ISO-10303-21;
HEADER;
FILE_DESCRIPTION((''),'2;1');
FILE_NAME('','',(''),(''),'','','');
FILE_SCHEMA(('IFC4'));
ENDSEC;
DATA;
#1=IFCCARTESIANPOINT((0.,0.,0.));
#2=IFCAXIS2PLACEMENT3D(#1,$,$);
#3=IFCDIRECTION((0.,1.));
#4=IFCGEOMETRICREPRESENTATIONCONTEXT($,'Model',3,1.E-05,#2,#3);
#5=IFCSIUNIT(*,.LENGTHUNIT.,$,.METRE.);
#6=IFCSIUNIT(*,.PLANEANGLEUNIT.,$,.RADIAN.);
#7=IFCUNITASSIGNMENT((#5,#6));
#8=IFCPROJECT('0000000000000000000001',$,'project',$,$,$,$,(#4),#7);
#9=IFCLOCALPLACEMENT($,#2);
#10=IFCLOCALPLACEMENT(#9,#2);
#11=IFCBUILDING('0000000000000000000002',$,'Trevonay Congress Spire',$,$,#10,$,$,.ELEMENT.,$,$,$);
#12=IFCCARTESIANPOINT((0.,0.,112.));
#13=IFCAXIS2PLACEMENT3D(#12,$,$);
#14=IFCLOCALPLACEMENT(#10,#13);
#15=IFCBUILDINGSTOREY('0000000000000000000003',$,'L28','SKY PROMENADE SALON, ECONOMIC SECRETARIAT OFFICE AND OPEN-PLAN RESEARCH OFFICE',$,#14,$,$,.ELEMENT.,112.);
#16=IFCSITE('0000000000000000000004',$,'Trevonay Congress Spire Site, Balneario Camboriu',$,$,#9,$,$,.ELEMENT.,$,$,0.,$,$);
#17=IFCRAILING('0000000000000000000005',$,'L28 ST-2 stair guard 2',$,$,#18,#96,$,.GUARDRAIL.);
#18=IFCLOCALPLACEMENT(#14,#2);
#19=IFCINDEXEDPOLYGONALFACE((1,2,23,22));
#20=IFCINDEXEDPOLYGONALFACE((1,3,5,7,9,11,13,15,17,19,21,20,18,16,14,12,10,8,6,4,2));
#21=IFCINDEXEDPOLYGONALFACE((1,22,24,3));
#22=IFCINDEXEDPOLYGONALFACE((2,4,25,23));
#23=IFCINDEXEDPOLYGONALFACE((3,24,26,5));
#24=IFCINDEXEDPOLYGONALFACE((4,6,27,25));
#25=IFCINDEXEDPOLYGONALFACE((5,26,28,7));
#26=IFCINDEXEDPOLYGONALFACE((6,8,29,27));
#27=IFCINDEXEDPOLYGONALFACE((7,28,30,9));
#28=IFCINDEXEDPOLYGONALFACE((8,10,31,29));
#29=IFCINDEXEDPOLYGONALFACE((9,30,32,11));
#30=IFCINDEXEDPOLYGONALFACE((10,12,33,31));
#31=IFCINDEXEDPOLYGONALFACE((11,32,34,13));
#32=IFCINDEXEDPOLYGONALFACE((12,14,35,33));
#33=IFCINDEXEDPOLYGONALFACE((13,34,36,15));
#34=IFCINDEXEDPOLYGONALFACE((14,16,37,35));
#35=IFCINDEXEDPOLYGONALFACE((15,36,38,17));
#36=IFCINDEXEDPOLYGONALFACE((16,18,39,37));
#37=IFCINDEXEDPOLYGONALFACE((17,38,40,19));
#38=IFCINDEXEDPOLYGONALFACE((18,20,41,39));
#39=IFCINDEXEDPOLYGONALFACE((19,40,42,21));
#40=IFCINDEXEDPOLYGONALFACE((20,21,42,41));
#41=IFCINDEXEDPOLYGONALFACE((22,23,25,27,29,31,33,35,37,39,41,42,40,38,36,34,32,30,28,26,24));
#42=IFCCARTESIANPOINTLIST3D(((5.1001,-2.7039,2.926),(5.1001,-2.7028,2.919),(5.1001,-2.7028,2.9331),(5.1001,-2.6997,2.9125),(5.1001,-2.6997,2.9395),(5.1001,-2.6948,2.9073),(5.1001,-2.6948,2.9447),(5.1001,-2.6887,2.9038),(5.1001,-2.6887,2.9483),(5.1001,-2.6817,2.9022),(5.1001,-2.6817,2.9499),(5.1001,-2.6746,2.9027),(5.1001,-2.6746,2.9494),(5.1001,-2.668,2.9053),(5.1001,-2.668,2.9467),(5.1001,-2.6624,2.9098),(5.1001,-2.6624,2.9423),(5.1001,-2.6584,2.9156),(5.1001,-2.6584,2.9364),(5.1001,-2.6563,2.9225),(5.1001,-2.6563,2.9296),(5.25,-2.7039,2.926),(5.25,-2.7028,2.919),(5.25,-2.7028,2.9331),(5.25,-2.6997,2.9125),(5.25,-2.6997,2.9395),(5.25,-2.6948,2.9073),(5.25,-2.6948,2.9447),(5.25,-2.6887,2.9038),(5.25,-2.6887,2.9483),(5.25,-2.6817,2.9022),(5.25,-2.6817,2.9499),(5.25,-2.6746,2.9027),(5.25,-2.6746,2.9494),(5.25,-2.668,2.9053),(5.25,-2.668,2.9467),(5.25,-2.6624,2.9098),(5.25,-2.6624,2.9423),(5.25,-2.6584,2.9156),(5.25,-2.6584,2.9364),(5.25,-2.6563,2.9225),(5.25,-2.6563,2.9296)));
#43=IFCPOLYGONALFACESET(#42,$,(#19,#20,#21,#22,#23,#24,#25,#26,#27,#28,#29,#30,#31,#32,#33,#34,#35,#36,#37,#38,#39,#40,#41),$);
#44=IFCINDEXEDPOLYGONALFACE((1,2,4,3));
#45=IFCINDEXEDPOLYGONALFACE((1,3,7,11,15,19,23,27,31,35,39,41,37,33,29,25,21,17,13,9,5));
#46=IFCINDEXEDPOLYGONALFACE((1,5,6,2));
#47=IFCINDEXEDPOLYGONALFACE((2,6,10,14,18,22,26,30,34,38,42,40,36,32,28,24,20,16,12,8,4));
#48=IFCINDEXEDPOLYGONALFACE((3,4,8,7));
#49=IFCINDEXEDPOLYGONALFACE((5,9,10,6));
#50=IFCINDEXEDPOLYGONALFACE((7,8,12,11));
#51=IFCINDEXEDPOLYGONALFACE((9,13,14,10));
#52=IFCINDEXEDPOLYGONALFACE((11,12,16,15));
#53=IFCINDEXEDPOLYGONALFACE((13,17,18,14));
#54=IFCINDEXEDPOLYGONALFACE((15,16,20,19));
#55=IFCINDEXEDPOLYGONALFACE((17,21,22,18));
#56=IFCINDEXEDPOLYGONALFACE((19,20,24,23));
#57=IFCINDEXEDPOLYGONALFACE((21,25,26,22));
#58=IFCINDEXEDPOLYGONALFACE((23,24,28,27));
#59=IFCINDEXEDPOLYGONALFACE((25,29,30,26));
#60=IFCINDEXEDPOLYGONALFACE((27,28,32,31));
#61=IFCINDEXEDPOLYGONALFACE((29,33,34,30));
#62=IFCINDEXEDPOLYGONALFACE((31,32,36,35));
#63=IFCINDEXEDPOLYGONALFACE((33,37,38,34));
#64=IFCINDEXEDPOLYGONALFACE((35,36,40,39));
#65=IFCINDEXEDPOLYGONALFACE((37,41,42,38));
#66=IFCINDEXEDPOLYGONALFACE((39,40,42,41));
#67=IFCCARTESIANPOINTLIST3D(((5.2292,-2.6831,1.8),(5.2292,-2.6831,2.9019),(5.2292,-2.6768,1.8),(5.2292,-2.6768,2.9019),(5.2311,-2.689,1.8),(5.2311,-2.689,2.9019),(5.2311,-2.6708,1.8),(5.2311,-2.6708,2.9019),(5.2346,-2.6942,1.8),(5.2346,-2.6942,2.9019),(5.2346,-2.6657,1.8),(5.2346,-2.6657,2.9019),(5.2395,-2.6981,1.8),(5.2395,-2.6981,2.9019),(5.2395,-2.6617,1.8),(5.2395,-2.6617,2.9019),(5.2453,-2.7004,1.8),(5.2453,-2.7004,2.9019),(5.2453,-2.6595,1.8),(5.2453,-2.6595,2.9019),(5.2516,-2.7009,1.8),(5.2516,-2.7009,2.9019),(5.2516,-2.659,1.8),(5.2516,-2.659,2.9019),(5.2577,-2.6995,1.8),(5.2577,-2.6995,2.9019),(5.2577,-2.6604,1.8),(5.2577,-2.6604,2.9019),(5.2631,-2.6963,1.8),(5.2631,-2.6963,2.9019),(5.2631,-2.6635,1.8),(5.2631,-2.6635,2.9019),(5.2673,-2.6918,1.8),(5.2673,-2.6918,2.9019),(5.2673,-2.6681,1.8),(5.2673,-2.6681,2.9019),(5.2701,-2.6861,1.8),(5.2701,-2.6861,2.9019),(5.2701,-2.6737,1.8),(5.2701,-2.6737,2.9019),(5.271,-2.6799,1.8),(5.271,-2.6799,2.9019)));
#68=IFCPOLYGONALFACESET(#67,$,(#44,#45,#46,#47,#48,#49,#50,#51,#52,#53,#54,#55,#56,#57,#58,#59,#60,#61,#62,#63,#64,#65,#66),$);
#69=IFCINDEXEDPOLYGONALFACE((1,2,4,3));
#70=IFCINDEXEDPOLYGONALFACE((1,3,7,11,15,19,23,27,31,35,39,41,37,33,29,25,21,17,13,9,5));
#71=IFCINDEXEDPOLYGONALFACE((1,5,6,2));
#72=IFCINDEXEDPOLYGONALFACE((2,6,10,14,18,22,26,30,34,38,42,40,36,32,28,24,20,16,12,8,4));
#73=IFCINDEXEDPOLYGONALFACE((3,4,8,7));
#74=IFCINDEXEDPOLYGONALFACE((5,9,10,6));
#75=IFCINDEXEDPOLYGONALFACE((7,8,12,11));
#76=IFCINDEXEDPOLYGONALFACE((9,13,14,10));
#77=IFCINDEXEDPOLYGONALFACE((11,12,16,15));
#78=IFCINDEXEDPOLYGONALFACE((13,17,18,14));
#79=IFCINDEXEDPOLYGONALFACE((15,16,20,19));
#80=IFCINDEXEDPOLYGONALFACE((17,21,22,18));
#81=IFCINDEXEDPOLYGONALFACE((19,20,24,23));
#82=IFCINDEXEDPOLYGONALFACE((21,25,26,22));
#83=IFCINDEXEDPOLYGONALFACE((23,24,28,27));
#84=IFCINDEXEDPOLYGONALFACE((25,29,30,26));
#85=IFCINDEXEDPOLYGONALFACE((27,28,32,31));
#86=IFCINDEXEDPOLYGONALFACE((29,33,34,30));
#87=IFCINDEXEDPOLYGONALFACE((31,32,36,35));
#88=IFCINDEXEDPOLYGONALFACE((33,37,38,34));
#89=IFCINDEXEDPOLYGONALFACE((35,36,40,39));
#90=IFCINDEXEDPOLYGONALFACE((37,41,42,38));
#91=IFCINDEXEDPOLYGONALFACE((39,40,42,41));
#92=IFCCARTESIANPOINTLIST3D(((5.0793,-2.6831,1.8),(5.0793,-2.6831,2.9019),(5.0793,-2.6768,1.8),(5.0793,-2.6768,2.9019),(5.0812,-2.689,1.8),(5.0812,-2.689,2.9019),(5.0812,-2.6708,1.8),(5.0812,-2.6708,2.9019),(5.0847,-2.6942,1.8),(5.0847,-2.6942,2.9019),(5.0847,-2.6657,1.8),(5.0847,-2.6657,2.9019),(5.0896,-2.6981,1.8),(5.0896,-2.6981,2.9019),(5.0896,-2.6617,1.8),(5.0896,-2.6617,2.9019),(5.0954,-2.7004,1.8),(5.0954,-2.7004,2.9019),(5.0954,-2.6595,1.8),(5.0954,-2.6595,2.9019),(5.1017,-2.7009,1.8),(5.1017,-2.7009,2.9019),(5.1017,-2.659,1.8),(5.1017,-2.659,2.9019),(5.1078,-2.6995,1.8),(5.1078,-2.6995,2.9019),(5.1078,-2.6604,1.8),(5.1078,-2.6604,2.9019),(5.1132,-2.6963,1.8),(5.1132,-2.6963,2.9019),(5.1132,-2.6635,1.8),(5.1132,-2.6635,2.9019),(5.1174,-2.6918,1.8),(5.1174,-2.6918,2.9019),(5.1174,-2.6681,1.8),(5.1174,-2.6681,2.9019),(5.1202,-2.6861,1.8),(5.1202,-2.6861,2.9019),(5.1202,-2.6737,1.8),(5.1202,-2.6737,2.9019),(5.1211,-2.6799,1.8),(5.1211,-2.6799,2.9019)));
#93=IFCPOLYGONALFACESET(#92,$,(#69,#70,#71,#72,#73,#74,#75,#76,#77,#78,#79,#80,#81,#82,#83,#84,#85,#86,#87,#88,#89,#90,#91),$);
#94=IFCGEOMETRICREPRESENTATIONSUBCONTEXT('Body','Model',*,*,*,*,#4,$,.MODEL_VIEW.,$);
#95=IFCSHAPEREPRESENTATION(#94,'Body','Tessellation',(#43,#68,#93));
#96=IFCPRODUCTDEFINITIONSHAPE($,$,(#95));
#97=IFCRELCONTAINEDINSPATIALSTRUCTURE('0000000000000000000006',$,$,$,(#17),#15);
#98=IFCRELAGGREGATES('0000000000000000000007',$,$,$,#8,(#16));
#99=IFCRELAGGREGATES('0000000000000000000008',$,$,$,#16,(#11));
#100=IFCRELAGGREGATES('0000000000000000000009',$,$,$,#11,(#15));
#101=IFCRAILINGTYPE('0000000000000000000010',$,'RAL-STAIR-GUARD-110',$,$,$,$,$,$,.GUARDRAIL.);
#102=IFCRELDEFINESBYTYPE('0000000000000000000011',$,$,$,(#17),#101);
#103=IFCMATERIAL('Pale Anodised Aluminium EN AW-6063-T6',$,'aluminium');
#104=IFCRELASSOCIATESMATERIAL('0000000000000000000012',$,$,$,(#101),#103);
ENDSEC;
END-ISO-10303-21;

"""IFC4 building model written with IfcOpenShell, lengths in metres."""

from ifc_helpers import new_model, si_unit, direction, frame, origin, origin_2d, place, context, subcontext, project, spatial, circle, extrude, material, type_object, element, save


model = new_model("IFC4")

# Units and contexts
model_context = context("Model", 3, precision=1e-05, world=origin(), true_north=direction((0.0, 1.0)))
body_context = subcontext(model_context, "Body", "Model", "MODEL_VIEW")
ifc_project = project(units=[si_unit("LENGTHUNIT", "METRE"), si_unit("PLANEANGLEUNIT", "RADIAN")], contexts=[model_context])

# Site, building, storey
site_placement = place(None, origin())
site = spatial("IfcSite", under=ifc_project, at=site_placement, Name="Trevonay Congress Spire Site, Balneario Camboriu", CompositionType="ELEMENT", RefElevation=0.0)
building_placement = place(site_placement, origin())
building = spatial("IfcBuilding", under=site, at=building_placement, Name="Trevonay Congress Spire", CompositionType="ELEMENT")
storey_placement = place(building_placement, frame((0.0, 0.0, 112.0)))
storey = spatial("IfcBuildingStorey", under=building, at=storey_placement, Name="L28", Description="SKY PROMENADE SALON, ECONOMIC SECRETARIAT OFFICE AND OPEN-PLAN RESEARCH OFFICE", CompositionType="ELEMENT", Elevation=112.0)

# Shared definitions
ifc_material_1 = material(Name="Pale Anodised Aluminium EN AW-6063-T6", Category="aluminium")

# Railing
railing_type_1 = type_object("IfcRailingType", Name="RAL-STAIR-GUARD-110", PredefinedType="GUARDRAIL", material=ifc_material_1)
railing_1_placement = place(storey_placement, frame((5.25, -2.6799, 1.8)))
element("IfcRailing", 1, at=railing_1_placement, inside=storey, type_object=railing_type_1, Name="L28 ST-2 stair guard 2", PredefinedType="GUARDRAIL", context=body_context, shape_type="SweptSolid", body=[
    extrude(circle(Radius=0.0239, at=origin_2d()), frame((0.0, 0.0, 1.126), z_axis=(-1.0, 0.0, 0.0), x_axis=(0.0, -1.0, 0.0)), (0.0, 0.0, 1.0), 0.1499),
    extrude(circle(Radius=0.021, at=origin_2d()), origin(), (0.0, 0.0, 1.0), 1.1018),
    extrude(circle(Radius=0.021, at=origin_2d()), frame((-0.1499, 0.0, 0.0)), (0.0, 0.0, 1.0), 1.1018),
])

save(model, "model.ifc")
